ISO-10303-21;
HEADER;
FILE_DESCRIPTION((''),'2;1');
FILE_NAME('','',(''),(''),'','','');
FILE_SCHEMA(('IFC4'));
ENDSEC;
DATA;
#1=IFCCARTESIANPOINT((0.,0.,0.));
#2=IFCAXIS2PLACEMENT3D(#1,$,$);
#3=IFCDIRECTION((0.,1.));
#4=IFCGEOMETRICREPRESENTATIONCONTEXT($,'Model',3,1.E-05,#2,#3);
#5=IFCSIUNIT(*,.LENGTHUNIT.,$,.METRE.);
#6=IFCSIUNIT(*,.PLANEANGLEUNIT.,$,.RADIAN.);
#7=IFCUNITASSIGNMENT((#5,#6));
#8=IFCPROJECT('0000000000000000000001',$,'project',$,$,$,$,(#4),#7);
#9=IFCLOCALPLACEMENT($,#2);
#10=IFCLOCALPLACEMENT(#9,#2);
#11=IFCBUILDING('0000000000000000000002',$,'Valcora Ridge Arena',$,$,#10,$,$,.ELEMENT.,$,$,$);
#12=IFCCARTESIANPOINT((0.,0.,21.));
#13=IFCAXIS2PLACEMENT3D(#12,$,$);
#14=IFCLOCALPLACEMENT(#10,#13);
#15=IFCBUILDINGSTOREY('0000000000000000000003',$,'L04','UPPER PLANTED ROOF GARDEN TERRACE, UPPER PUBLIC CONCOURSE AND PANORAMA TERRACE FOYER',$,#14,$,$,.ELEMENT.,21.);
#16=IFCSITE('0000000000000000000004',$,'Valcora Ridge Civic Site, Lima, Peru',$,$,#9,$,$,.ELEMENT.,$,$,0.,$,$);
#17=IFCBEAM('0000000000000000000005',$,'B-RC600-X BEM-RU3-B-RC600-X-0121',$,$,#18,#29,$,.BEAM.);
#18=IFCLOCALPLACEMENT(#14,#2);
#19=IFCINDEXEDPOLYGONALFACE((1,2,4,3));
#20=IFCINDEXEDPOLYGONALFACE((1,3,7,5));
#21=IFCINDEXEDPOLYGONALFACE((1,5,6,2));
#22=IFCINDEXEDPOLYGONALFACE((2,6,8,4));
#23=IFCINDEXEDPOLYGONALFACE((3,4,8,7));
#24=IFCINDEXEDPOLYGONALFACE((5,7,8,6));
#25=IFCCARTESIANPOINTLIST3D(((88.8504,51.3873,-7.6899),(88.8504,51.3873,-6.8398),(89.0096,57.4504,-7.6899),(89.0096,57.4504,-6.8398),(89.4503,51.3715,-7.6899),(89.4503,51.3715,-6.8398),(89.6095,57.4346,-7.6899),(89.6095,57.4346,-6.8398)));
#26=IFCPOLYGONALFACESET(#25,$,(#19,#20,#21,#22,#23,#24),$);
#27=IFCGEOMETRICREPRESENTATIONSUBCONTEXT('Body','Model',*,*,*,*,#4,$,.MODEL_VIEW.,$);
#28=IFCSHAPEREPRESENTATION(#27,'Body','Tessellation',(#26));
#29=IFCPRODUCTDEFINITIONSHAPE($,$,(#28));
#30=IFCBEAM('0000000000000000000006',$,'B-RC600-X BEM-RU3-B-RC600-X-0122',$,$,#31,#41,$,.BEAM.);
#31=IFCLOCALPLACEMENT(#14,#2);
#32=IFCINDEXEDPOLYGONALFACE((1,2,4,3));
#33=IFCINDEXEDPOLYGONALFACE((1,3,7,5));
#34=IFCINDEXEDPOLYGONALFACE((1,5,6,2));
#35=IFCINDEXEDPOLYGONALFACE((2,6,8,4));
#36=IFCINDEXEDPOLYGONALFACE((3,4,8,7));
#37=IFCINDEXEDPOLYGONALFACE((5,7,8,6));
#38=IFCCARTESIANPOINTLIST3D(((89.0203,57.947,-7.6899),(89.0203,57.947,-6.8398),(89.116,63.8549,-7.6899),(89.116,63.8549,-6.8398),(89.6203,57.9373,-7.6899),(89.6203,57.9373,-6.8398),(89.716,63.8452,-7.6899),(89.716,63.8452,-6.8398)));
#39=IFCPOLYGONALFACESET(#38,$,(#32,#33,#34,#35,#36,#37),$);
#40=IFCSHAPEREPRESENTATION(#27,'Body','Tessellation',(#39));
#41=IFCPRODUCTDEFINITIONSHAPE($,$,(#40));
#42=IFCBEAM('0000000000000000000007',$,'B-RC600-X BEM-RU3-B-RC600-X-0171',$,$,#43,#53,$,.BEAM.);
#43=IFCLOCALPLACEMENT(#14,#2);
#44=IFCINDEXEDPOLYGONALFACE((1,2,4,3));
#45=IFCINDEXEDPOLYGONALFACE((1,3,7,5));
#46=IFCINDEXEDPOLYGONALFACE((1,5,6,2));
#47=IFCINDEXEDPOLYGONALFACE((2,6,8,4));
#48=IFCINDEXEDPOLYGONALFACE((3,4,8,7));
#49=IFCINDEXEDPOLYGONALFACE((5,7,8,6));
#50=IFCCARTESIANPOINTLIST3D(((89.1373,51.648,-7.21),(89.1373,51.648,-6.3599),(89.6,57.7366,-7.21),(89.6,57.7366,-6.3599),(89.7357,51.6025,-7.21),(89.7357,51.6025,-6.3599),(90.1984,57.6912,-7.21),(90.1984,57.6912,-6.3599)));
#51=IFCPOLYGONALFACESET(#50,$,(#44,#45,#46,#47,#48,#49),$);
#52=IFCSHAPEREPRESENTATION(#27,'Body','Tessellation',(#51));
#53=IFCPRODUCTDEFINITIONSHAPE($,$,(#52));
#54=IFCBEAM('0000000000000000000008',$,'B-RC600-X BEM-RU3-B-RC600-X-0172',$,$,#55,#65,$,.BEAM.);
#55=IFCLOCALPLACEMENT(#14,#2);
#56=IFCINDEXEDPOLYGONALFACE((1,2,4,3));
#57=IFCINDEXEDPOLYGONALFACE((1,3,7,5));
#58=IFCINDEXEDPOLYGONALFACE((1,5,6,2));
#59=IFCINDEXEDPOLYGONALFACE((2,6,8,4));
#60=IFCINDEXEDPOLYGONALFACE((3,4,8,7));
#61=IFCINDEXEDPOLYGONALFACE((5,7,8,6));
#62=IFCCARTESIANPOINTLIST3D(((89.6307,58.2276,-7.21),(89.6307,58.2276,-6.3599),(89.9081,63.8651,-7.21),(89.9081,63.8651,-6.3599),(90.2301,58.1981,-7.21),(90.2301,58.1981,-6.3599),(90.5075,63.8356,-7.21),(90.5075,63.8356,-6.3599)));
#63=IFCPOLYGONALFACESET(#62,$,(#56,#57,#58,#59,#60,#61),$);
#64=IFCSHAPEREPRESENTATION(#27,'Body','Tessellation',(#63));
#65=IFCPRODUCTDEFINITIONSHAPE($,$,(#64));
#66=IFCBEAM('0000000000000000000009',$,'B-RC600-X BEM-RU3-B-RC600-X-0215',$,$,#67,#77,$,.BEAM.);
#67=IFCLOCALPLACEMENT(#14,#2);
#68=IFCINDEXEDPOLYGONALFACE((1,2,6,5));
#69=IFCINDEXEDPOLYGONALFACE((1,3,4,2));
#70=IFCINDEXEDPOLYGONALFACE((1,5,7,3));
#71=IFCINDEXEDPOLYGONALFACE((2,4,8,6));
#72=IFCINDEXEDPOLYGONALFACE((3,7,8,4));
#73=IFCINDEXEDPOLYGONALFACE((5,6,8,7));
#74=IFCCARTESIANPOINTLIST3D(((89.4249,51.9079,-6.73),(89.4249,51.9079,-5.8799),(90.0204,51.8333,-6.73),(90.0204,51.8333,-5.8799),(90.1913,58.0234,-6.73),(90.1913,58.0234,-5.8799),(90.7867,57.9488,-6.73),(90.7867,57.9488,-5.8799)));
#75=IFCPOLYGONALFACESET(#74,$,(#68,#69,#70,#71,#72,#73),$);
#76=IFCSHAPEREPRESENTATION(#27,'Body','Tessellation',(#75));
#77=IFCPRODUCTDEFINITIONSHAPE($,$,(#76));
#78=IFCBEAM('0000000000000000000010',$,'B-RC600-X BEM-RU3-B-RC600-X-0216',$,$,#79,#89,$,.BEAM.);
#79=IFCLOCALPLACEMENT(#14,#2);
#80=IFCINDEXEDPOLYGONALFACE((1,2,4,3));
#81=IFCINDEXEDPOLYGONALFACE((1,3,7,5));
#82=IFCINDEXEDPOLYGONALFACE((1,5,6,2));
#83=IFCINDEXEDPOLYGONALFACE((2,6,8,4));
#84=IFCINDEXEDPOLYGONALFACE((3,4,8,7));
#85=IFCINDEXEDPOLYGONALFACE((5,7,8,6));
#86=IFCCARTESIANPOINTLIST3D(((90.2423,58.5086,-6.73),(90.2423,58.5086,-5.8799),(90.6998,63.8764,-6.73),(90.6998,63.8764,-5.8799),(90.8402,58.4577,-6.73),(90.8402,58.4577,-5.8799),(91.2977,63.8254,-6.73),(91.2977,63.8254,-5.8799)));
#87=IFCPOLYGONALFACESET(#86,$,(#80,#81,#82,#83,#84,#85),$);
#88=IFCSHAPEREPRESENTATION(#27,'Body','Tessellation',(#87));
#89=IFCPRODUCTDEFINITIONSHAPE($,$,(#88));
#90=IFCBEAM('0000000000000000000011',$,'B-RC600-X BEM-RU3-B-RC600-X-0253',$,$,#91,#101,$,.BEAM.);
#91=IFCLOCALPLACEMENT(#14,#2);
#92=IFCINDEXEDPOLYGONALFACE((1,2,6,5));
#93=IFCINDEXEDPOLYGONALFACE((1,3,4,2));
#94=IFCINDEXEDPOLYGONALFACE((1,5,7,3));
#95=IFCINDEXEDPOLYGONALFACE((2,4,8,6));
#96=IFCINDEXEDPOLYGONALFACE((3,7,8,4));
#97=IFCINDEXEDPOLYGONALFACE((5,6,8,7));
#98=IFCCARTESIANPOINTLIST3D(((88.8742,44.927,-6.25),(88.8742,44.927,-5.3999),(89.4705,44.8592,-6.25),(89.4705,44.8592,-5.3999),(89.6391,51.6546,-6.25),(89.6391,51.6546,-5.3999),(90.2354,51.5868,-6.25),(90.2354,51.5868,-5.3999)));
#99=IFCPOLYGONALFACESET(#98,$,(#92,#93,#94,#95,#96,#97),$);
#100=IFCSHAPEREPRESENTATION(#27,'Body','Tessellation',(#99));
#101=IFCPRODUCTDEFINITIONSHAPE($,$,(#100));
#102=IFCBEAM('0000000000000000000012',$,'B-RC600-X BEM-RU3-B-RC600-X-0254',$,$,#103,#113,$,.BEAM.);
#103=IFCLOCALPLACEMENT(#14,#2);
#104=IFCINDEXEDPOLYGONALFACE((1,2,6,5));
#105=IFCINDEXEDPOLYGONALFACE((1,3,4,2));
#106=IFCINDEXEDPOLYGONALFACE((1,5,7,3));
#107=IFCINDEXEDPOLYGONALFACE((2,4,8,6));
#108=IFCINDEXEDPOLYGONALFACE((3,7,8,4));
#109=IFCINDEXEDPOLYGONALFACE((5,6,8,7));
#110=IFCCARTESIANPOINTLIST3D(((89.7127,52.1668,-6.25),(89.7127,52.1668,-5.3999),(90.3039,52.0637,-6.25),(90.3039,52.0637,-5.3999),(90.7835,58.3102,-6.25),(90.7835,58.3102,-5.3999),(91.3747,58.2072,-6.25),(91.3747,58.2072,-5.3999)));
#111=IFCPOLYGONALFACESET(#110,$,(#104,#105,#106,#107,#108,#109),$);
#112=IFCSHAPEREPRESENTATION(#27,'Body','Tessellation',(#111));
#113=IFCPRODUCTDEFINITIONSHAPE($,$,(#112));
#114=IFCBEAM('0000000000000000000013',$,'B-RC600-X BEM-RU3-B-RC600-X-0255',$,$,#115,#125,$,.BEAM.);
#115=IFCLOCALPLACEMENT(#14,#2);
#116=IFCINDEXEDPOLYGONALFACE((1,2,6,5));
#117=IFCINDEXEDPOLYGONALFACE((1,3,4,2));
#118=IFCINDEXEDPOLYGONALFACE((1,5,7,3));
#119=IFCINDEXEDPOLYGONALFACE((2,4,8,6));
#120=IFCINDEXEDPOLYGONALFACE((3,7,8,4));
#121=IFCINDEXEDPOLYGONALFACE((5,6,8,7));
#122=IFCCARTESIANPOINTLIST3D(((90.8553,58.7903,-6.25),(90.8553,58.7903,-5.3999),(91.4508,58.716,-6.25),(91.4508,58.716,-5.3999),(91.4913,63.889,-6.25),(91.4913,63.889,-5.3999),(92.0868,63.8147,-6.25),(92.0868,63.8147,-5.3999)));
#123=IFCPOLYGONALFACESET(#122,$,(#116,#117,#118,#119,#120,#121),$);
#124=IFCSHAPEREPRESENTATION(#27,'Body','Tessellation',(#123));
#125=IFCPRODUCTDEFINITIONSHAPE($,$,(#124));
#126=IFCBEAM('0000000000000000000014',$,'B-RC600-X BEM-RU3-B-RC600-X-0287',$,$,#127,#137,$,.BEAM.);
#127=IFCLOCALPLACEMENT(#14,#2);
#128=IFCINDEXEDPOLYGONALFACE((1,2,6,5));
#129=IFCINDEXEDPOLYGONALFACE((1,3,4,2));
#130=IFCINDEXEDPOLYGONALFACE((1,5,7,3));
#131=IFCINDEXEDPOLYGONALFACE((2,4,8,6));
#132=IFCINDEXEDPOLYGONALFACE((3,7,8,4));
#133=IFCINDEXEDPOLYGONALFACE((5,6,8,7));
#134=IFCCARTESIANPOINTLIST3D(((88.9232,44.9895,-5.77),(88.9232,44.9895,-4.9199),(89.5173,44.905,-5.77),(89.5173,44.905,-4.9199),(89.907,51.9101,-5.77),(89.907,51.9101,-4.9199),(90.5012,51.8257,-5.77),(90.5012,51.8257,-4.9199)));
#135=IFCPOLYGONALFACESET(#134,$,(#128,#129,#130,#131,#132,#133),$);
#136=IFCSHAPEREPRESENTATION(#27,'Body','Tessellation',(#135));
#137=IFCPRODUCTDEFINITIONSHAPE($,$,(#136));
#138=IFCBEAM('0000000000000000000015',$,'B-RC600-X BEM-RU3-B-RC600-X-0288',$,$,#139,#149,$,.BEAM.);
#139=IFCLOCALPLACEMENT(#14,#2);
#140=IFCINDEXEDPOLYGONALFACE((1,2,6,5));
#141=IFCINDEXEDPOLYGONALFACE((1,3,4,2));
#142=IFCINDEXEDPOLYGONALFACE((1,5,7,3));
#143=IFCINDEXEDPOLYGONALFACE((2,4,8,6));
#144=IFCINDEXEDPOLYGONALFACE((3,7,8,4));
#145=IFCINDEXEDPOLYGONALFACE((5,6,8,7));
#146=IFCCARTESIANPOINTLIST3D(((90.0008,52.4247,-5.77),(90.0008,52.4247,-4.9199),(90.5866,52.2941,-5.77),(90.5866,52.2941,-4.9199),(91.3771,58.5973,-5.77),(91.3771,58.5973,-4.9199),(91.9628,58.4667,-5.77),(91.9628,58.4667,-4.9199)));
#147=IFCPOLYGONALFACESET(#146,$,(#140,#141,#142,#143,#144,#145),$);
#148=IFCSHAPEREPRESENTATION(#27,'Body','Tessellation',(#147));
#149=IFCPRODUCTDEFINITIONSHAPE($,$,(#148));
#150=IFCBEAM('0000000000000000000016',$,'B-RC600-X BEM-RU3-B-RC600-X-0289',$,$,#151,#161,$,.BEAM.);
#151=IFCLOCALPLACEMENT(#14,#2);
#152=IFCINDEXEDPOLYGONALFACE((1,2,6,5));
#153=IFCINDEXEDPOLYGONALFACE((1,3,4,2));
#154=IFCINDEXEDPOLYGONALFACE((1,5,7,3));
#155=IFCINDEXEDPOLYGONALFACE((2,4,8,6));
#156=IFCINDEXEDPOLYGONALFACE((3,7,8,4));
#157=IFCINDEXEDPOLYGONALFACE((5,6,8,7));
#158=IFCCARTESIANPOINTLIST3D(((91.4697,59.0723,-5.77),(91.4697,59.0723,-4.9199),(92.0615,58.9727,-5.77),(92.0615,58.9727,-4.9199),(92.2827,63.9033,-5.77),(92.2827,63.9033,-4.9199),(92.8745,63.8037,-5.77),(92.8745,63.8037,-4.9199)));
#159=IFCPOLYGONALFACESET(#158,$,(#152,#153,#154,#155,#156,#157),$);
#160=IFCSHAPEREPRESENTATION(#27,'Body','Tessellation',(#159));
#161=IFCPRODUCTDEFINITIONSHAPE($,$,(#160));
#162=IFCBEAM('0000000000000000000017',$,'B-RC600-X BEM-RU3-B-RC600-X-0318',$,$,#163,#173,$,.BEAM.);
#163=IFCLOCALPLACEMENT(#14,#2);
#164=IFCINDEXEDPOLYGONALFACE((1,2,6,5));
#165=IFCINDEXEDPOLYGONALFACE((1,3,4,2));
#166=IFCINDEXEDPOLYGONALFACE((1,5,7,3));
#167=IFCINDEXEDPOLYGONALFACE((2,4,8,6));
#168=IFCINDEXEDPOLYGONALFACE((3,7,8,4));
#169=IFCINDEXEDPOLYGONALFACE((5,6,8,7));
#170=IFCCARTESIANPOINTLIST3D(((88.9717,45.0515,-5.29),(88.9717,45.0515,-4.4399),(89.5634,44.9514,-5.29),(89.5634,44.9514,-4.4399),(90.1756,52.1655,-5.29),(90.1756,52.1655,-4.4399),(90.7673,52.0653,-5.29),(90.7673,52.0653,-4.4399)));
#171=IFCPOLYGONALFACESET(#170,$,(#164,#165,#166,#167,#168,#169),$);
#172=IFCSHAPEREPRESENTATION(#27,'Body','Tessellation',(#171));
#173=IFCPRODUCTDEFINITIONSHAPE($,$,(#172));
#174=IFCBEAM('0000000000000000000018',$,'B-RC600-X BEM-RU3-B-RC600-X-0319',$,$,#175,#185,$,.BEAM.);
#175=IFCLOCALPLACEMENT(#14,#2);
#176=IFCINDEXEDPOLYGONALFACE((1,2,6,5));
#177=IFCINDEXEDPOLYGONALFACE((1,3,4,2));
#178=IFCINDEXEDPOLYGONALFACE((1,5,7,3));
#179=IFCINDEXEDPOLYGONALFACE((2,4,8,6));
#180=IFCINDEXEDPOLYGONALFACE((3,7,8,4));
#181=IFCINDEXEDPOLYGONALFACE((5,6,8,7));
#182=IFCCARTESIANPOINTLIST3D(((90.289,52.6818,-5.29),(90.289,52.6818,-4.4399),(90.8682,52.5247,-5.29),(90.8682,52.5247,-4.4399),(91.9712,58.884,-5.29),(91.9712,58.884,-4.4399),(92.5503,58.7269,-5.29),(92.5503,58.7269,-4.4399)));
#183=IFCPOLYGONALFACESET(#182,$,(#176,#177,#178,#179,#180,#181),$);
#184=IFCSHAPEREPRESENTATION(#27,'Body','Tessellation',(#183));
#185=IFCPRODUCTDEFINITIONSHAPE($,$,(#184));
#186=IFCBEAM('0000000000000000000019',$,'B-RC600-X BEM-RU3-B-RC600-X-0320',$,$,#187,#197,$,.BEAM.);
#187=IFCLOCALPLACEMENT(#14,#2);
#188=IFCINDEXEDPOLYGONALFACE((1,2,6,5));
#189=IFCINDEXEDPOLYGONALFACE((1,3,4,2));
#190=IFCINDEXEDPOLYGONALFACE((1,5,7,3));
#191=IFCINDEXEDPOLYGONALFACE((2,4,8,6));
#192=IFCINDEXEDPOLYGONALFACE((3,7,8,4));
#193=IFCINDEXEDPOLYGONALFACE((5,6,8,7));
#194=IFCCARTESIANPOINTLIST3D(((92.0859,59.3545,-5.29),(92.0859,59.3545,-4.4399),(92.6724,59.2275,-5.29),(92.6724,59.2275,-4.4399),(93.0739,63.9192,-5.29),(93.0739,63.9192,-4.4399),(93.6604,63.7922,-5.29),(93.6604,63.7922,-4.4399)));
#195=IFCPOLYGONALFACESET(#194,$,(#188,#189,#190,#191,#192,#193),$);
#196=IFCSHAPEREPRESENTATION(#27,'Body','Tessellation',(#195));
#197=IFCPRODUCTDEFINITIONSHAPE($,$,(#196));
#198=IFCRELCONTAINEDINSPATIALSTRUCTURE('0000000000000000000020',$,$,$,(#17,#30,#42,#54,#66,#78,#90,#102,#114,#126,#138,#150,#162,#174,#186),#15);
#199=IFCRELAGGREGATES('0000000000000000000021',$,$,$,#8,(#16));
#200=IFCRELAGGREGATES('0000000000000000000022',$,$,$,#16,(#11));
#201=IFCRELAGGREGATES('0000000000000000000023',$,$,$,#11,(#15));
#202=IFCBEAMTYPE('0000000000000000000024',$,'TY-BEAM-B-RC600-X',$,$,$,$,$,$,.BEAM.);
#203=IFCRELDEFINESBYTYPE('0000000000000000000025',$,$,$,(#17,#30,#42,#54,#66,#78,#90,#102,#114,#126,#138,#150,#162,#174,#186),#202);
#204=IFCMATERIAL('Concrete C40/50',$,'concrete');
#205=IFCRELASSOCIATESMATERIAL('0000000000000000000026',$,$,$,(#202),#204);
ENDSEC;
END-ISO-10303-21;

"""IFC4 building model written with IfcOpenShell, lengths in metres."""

from ifc_helpers import new_model, si_unit, direction, frame, origin, origin_2d, place, context, subcontext, project, spatial, rectangle, extrude, material, material_profile, profile_set, type_object, element, save


model = new_model("IFC4")

# Units and contexts
model_context = context("Model", 3, precision=1e-05, world=origin(), true_north=direction((0.0, 1.0)))
body_context = subcontext(model_context, "Body", "Model", "MODEL_VIEW")
ifc_project = project(units=[si_unit("LENGTHUNIT", "METRE"), si_unit("PLANEANGLEUNIT", "RADIAN")], contexts=[model_context])

# Site, building, storey
site_placement = place(None, origin())
site = spatial("IfcSite", under=ifc_project, at=site_placement, Name="Valcora Ridge Civic Site, Lima, Peru", CompositionType="ELEMENT", RefElevation=0.0)
building_placement = place(site_placement, origin())
building = spatial("IfcBuilding", under=site, at=building_placement, Name="Valcora Ridge Arena", CompositionType="ELEMENT")
storey_placement = place(building_placement, frame((0.0, 0.0, 21.0)))
storey = spatial("IfcBuildingStorey", under=building, at=storey_placement, Name="L04", Description="UPPER PLANTED ROOF GARDEN TERRACE, UPPER PUBLIC CONCOURSE AND PANORAMA TERRACE FOYER", CompositionType="ELEMENT", Elevation=21.0)

# Beams
ifc_material_1 = material(Name="Concrete C40/50", Category="concrete")
ifc_material_profile_1 = material_profile(ifc_material_1, rectangle(XDim=0.6001, YDim=0.8501, at=origin_2d()), Name="RC 600x850")
ifc_profile_set_1 = profile_set([ifc_material_profile_1], Name="Concrete C40/50")
beam_type_1 = type_object("IfcBeamType", Name="TY-BEAM-B-RC600-X", PredefinedType="BEAM", material=ifc_profile_set_1)
beam_1_placement = place(storey_placement, frame((89.1504, 51.3794, -7.2649), z_axis=(0.026245, 0.999656, 0.0), x_axis=(-0.999656, 0.026245, 0.0)))
element("IfcBeam", 1, at=beam_1_placement, inside=storey, type_object=beam_type_1, Name="B-RC600-X BEM-RU3-B-RC600-X-0121", PredefinedType="BEAM", context=body_context, shape_type="SweptSolid", body=[
    extrude(rectangle(XDim=0.6001, YDim=0.8501, at=origin_2d()), origin(), (0.0, 0.0, 1.0), 6.0652),
])
beam_2_placement = place(storey_placement, frame((89.3203, 57.9421, -7.2649), z_axis=(0.016197, 0.999869, 0.0), x_axis=(-0.999869, 0.016197, 0.0)))
element("IfcBeam", 2, at=beam_2_placement, inside=storey, type_object=beam_type_1, Name="B-RC600-X BEM-RU3-B-RC600-X-0122", PredefinedType="BEAM", context=body_context, shape_type="SweptSolid", body=[
    extrude(rectangle(XDim=0.6001, YDim=0.8501, at=origin_2d()), origin(), (0.0, 0.0, 1.0), 5.9087),
])
beam_3_placement = place(storey_placement, frame((89.4365, 51.6252, -6.7849), z_axis=(0.075767, 0.997126, 0.0), x_axis=(-0.997126, 0.075767, 0.0)))
element("IfcBeam", 3, at=beam_3_placement, inside=storey, type_object=beam_type_1, Name="B-RC600-X BEM-RU3-B-RC600-X-0171", PredefinedType="BEAM", context=body_context, shape_type="SweptSolid", body=[
    extrude(rectangle(XDim=0.6001, YDim=0.8501, at=origin_2d()), origin(), (0.0, 0.0, 1.0), 6.1062),
])
beam_4_placement = place(storey_placement, frame((89.9304, 58.2129, -6.7849), z_axis=(0.049137, 0.998792, 0.0), x_axis=(-0.998792, 0.049137, 0.0)))
element("IfcBeam", 4, at=beam_4_placement, inside=storey, type_object=beam_type_1, Name="B-RC600-X BEM-RU3-B-RC600-X-0172", PredefinedType="BEAM", context=body_context, shape_type="SweptSolid", body=[
    extrude(rectangle(XDim=0.6001, YDim=0.8501, at=origin_2d()), origin(), (0.0, 0.0, 1.0), 5.6443),
])
beam_5_placement = place(storey_placement, frame((89.7227, 51.8706, -6.3049), z_axis=(0.124342, 0.992239, 0.0), x_axis=(-0.992239, 0.124342, 0.0)))
element("IfcBeam", 5, at=beam_5_placement, inside=storey, type_object=beam_type_1, Name="B-RC600-X BEM-RU3-B-RC600-X-0215", PredefinedType="BEAM", context=body_context, shape_type="SweptSolid", body=[
    extrude(rectangle(XDim=0.6001, YDim=0.8501, at=origin_2d()), origin(), (0.0, 0.0, 1.0), 6.1633),
])
beam_6_placement = place(storey_placement, frame((90.5413, 58.4832, -6.3049), z_axis=(0.084928, 0.996387, 0.0), x_axis=(-0.996387, 0.084928, 0.0)))
element("IfcBeam", 6, at=beam_6_placement, inside=storey, type_object=beam_type_1, Name="B-RC600-X BEM-RU3-B-RC600-X-0216", PredefinedType="BEAM", context=body_context, shape_type="SweptSolid", body=[
    extrude(rectangle(XDim=0.6001, YDim=0.8501, at=origin_2d()), origin(), (0.0, 0.0, 1.0), 5.3872),
])
beam_7_placement = place(storey_placement, frame((89.1724, 44.8931, -5.825), z_axis=(0.112968, 0.993599, 0.0), x_axis=(-0.993599, 0.112968, 0.0)))
element("IfcBeam", 7, at=beam_7_placement, inside=storey, type_object=beam_type_1, Name="B-RC600-X BEM-RU3-B-RC600-X-0253", PredefinedType="BEAM", context=body_context, shape_type="SweptSolid", body=[
    extrude(rectangle(XDim=0.6001, YDim=0.8501, at=origin_2d()), origin(), (0.0, 0.0, 1.0), 6.771),
])
beam_8_placement = place(storey_placement, frame((90.0083, 52.1152, -5.825), z_axis=(0.171708, 0.985148, 0.0), x_axis=(-0.985148, 0.171708, 0.0)))
element("IfcBeam", 8, at=beam_8_placement, inside=storey, type_object=beam_type_1, Name="B-RC600-X BEM-RU3-B-RC600-X-0254", PredefinedType="BEAM", context=body_context, shape_type="SweptSolid", body=[
    extrude(rectangle(XDim=0.6001, YDim=0.8501, at=origin_2d()), origin(), (0.0, 0.0, 1.0), 6.2361),
])
beam_9_placement = place(storey_placement, frame((91.1531, 58.7532, -5.825), z_axis=(0.123777, 0.99231, 0.0), x_axis=(-0.99231, 0.123777, 0.0)))
element("IfcBeam", 9, at=beam_9_placement, inside=storey, type_object=beam_type_1, Name="B-RC600-X BEM-RU3-B-RC600-X-0255", PredefinedType="BEAM", context=body_context, shape_type="SweptSolid", body=[
    extrude(rectangle(XDim=0.6001, YDim=0.8501, at=origin_2d()), origin(), (0.0, 0.0, 1.0), 5.1382),
])
beam_10_placement = place(storey_placement, frame((89.2202, 44.9473, -5.345), z_axis=(0.140751, 0.990045, 0.0), x_axis=(-0.990045, 0.140751, 0.0)))
element("IfcBeam", 10, at=beam_10_placement, inside=storey, type_object=beam_type_1, Name="B-RC600-X BEM-RU3-B-RC600-X-0287", PredefinedType="BEAM", context=body_context, shape_type="SweptSolid", body=[
    extrude(rectangle(XDim=0.6001, YDim=0.8501, at=origin_2d()), origin(), (0.0, 0.0, 1.0), 6.9902),
])
beam_11_placement = place(storey_placement, frame((90.2937, 52.3594, -5.345), z_axis=(0.217613, 0.976035, 0.0), x_axis=(-0.976035, 0.217613, 0.0)))
element("IfcBeam", 11, at=beam_11_placement, inside=storey, type_object=beam_type_1, Name="B-RC600-X BEM-RU3-B-RC600-X-0288", PredefinedType="BEAM", context=body_context, shape_type="SweptSolid", body=[
    extrude(rectangle(XDim=0.6001, YDim=0.8501, at=origin_2d()), origin(), (0.0, 0.0, 1.0), 6.3242),
])
beam_12_placement = place(storey_placement, frame((91.7656, 59.0225, -5.345), z_axis=(0.16595, 0.986134, 0.0), x_axis=(-0.986134, 0.16595, 0.0)))
element("IfcBeam", 12, at=beam_12_placement, inside=storey, type_object=beam_type_1, Name="B-RC600-X BEM-RU3-B-RC600-X-0289", PredefinedType="BEAM", context=body_context, shape_type="SweptSolid", body=[
    extrude(rectangle(XDim=0.6001, YDim=0.8501, at=origin_2d()), origin(), (0.0, 0.0, 1.0), 4.8989),
])
beam_13_placement = place(storey_placement, frame((89.2676, 45.0015, -4.865), z_axis=(0.166851, 0.985982, 0.0), x_axis=(-0.985982, 0.166851, 0.0)))
element("IfcBeam", 13, at=beam_13_placement, inside=storey, type_object=beam_type_1, Name="B-RC600-X BEM-RU3-B-RC600-X-0318", PredefinedType="BEAM", context=body_context, shape_type="SweptSolid", body=[
    extrude(rectangle(XDim=0.6001, YDim=0.8501, at=origin_2d()), origin(), (0.0, 0.0, 1.0), 7.2151),
])
beam_14_placement = place(storey_placement, frame((90.5786, 52.6033, -4.865), z_axis=(0.261761, 0.965133, 0.0), x_axis=(-0.965133, 0.261761, 0.0)))
element("IfcBeam", 14, at=beam_14_placement, inside=storey, type_object=beam_type_1, Name="B-RC600-X BEM-RU3-B-RC600-X-0319", PredefinedType="BEAM", context=body_context, shape_type="SweptSolid", body=[
    extrude(rectangle(XDim=0.6001, YDim=0.8501, at=origin_2d()), origin(), (0.0, 0.0, 1.0), 6.4263),
])
beam_15_placement = place(storey_placement, frame((92.3792, 59.291, -4.865), z_axis=(0.211553, 0.977367, 0.0), x_axis=(-0.977367, 0.211553, 0.0)))
element("IfcBeam", 15, at=beam_15_placement, inside=storey, type_object=beam_type_1, Name="B-RC600-X BEM-RU3-B-RC600-X-0320", PredefinedType="BEAM", context=body_context, shape_type="SweptSolid", body=[
    extrude(rectangle(XDim=0.6001, YDim=0.8501, at=origin_2d()), origin(), (0.0, 0.0, 1.0), 4.6704),
])

save(model, "model.ifc")
